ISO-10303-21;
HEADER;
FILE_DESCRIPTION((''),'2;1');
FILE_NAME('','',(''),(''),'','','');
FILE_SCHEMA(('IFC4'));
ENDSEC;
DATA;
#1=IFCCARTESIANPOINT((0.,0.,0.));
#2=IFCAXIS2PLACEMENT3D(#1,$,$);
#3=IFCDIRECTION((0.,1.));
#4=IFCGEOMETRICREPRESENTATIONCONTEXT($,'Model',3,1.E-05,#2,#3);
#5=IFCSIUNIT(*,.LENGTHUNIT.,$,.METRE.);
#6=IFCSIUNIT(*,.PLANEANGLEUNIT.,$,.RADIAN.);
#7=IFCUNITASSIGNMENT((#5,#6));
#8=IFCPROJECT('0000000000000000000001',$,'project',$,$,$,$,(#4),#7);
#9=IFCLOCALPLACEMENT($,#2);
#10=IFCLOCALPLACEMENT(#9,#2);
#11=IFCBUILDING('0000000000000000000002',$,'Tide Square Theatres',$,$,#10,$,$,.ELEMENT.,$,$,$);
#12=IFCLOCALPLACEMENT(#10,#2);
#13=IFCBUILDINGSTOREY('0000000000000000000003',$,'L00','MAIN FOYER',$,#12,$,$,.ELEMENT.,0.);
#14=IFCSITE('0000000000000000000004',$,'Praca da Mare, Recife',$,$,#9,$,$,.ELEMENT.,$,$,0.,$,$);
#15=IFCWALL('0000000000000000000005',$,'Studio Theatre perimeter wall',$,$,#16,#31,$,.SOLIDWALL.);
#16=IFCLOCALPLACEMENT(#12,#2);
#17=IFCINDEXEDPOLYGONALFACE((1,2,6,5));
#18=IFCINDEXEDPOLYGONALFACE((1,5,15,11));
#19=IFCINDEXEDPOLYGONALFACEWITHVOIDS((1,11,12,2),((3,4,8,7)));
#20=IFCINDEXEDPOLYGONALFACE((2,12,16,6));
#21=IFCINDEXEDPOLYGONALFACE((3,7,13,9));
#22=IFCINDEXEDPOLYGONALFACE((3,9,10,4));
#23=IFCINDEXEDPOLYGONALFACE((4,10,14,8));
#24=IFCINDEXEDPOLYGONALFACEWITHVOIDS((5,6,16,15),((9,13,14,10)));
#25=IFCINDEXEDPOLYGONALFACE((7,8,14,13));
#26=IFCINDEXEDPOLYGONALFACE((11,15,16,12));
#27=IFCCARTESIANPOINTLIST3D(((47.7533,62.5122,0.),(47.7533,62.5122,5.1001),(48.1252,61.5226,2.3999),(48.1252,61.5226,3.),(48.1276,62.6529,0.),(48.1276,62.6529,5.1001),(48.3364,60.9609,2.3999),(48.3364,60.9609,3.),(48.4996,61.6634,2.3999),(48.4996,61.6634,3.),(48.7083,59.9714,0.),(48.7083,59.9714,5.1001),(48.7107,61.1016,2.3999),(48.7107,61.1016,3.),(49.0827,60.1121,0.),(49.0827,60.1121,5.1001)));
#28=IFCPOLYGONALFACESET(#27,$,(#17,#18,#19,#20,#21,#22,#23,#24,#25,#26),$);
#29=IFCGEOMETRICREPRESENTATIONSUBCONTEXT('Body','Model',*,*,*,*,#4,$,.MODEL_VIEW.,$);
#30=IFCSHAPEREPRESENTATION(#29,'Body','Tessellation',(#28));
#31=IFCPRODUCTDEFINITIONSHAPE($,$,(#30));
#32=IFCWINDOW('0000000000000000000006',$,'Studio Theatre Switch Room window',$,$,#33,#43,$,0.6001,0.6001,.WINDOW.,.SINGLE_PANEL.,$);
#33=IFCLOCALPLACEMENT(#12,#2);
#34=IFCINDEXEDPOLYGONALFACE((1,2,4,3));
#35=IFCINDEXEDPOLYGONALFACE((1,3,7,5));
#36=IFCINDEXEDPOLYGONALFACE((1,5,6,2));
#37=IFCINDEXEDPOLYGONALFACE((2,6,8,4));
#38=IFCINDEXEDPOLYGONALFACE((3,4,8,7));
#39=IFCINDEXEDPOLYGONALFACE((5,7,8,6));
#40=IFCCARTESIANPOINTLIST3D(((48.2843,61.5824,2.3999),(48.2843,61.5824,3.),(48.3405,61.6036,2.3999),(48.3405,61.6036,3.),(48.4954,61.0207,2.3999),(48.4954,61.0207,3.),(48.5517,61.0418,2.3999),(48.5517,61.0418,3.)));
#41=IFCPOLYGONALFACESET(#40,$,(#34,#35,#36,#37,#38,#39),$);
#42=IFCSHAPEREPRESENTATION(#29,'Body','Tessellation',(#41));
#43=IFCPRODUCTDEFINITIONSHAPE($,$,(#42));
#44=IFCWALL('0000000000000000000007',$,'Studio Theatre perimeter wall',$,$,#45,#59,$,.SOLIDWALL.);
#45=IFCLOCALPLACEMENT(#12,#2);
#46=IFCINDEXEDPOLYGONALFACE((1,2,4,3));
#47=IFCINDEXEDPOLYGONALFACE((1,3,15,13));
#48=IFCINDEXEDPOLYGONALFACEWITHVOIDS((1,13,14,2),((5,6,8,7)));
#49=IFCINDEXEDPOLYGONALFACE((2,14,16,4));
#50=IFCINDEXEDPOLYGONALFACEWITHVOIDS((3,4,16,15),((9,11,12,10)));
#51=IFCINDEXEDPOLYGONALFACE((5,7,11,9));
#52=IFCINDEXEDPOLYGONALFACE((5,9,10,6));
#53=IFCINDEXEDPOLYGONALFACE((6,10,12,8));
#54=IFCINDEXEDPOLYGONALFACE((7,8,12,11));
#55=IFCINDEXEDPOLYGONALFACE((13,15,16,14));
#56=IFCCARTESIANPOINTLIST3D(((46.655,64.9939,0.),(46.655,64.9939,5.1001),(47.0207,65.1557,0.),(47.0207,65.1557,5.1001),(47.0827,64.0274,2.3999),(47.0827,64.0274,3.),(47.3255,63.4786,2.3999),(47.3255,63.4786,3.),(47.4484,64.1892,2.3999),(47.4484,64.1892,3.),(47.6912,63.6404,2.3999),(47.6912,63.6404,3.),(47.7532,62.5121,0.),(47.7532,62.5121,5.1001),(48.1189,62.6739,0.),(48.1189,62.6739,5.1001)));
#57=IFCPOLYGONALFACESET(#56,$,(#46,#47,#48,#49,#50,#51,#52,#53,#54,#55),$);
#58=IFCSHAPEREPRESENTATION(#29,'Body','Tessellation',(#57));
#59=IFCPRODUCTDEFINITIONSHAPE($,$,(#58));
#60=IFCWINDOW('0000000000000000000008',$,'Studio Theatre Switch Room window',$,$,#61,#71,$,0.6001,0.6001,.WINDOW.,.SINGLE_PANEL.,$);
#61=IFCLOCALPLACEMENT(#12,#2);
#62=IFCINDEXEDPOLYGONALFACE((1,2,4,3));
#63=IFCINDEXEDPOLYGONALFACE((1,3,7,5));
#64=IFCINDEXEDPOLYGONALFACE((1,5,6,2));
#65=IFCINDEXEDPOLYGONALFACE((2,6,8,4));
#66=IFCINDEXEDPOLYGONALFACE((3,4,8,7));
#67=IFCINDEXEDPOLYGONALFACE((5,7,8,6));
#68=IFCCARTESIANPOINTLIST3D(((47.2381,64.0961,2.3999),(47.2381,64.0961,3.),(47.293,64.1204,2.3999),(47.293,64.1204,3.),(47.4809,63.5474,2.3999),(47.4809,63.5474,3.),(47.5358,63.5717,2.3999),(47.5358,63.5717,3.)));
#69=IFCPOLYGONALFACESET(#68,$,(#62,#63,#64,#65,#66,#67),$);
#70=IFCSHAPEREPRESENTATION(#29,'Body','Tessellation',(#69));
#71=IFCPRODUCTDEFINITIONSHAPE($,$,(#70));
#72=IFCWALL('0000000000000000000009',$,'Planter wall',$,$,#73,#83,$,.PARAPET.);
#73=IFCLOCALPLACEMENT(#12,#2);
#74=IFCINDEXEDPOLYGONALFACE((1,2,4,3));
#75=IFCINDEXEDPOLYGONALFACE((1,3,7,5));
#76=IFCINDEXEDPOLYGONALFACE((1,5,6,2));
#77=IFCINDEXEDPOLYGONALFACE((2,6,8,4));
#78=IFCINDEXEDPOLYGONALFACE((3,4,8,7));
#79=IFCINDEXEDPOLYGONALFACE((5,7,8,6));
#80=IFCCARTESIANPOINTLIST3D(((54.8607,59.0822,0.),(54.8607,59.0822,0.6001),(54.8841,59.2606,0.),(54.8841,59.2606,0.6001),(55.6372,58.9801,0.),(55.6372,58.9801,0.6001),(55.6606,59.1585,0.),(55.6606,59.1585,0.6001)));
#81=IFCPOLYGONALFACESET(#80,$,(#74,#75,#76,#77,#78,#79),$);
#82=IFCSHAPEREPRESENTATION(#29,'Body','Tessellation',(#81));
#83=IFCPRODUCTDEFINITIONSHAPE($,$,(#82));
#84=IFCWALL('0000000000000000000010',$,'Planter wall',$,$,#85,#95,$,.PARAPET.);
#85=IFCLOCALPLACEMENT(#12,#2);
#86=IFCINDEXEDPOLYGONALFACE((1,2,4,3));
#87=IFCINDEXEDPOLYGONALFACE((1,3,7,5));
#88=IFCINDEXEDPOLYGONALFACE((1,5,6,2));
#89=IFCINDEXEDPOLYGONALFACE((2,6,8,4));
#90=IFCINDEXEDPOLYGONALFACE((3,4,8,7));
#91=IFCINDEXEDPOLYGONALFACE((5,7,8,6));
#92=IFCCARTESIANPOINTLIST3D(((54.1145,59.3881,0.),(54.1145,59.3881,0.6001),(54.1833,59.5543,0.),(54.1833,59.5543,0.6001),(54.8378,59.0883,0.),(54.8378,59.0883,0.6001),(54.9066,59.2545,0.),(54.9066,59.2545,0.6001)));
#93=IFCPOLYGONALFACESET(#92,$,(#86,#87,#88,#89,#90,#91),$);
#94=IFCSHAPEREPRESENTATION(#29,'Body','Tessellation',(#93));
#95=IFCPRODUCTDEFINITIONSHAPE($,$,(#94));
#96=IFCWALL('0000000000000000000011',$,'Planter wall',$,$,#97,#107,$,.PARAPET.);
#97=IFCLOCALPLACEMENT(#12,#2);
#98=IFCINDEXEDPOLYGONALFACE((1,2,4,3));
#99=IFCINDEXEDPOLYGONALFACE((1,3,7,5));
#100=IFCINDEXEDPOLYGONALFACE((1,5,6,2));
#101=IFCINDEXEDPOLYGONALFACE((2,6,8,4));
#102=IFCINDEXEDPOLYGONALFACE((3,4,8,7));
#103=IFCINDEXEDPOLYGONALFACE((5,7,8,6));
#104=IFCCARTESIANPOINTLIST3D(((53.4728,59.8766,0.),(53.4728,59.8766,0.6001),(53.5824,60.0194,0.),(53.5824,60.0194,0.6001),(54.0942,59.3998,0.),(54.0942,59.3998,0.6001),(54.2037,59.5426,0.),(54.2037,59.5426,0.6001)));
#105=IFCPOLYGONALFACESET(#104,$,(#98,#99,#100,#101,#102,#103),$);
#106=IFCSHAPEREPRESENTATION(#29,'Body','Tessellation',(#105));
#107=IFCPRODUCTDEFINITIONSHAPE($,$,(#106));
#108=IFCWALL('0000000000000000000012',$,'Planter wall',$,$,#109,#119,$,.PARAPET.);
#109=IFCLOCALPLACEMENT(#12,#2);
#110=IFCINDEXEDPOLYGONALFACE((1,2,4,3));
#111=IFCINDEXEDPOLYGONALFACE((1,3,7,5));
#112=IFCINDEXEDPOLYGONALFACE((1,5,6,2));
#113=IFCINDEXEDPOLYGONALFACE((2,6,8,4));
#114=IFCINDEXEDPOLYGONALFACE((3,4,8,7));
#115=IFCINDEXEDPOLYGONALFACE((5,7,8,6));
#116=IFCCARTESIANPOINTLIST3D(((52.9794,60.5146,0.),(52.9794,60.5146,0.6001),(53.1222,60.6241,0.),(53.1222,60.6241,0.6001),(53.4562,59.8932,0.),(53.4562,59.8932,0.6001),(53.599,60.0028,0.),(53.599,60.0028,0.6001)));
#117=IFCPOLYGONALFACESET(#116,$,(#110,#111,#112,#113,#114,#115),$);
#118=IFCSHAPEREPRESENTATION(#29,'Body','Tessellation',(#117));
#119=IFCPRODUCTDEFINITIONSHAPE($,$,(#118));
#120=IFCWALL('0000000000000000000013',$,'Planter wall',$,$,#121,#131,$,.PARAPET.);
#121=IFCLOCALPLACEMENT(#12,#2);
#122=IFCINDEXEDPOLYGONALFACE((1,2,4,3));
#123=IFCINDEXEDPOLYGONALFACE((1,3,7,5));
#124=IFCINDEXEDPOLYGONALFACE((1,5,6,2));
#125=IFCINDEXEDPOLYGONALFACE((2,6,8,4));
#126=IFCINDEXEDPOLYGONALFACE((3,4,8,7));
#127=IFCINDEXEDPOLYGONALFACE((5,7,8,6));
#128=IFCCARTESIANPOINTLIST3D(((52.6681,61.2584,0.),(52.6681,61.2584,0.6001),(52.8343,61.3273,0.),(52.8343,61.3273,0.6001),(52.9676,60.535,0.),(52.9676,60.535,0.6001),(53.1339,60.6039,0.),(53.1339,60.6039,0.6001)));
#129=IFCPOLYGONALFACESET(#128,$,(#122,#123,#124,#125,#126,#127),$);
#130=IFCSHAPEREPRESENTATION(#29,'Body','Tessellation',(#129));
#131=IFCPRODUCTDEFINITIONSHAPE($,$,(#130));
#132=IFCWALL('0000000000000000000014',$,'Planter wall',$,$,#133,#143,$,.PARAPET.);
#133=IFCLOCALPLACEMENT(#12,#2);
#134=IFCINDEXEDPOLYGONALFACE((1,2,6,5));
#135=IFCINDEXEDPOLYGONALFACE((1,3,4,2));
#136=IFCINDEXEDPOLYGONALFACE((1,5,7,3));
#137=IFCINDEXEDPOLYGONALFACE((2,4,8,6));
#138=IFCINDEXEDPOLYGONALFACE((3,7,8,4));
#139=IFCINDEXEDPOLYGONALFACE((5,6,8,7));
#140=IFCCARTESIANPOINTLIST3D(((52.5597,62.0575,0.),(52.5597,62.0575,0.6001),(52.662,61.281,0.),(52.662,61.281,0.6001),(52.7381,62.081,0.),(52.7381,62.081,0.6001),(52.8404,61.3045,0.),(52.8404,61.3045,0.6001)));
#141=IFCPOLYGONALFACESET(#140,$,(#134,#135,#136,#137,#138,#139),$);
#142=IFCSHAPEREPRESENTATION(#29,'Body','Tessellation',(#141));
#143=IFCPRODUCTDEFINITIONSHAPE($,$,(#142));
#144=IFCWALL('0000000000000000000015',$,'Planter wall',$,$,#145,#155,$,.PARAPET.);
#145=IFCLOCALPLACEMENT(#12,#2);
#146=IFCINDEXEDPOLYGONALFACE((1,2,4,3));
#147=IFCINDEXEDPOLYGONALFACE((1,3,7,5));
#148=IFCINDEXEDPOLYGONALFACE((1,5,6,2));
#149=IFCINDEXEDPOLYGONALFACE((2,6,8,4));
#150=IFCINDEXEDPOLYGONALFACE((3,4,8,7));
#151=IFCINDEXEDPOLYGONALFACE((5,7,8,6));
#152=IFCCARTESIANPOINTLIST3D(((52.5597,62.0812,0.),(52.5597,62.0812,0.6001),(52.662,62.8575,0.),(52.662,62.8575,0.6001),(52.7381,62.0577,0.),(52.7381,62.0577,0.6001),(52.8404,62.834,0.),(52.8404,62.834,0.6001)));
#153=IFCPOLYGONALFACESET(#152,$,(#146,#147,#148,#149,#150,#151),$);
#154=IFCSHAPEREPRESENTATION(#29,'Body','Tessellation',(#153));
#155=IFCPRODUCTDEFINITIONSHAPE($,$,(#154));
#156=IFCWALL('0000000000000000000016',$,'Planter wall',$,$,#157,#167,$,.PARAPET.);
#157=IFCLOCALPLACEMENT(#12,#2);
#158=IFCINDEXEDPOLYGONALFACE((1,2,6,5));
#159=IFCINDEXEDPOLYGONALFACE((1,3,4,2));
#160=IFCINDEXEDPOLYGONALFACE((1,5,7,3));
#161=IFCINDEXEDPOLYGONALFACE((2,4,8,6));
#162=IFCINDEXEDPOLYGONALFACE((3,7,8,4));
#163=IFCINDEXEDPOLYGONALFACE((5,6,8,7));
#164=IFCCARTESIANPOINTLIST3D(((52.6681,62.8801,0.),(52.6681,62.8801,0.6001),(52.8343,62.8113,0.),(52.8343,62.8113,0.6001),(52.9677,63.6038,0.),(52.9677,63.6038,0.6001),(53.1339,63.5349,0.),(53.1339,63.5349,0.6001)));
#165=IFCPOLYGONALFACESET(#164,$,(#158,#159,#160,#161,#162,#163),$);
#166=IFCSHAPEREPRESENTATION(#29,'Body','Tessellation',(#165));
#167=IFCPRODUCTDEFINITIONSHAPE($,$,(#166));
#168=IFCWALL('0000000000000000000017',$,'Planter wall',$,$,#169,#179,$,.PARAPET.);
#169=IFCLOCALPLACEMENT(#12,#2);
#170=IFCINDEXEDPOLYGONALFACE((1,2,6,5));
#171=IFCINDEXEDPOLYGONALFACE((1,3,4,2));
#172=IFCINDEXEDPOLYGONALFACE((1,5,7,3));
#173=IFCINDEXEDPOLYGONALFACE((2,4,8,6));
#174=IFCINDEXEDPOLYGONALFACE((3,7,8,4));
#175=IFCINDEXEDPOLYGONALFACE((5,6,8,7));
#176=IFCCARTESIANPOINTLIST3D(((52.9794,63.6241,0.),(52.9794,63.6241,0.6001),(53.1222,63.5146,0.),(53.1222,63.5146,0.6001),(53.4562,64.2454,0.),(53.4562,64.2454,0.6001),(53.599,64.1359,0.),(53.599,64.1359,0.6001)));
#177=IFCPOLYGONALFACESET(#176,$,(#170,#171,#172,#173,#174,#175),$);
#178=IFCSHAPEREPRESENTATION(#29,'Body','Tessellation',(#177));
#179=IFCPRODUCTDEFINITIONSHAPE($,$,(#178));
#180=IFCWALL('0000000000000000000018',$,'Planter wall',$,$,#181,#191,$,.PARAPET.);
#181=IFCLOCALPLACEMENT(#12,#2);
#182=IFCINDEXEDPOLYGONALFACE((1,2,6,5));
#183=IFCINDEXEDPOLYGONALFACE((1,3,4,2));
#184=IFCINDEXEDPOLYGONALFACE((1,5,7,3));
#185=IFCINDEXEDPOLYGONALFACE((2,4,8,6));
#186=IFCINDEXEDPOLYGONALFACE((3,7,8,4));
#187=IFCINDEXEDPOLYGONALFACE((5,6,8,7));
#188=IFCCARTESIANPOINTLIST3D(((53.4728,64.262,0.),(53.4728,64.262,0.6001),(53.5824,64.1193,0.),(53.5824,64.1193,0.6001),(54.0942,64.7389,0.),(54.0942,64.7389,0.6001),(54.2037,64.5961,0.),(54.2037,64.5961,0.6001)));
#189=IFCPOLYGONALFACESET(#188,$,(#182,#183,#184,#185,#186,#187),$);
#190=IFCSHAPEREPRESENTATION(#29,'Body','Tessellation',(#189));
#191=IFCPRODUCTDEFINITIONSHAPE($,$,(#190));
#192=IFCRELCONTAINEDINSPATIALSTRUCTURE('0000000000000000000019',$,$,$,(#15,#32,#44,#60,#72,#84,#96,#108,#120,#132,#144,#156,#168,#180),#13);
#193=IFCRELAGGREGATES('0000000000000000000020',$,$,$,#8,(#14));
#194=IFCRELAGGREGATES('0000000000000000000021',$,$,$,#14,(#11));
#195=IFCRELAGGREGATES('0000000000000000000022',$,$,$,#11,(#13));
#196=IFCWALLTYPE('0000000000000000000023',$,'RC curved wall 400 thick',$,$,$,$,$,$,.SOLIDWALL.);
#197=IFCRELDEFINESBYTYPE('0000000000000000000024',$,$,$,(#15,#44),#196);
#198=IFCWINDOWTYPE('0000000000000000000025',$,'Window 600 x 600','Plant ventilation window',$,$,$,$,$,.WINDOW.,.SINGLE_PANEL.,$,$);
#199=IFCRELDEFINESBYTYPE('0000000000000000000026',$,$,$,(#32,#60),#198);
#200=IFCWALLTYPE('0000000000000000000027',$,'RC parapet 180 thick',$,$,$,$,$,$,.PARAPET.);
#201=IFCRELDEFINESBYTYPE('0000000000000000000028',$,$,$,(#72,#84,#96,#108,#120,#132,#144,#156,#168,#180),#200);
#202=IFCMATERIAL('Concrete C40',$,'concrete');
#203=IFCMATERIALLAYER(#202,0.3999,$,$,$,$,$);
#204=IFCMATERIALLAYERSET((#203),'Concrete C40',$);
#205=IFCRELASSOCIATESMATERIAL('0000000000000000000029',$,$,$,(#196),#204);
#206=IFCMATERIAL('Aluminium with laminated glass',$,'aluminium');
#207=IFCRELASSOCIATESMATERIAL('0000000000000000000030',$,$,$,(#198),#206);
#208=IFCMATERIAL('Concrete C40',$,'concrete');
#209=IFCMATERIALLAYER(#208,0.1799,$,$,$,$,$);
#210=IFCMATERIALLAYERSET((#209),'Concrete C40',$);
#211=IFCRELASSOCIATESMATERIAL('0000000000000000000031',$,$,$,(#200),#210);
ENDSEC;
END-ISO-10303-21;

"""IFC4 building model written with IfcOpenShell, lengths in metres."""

from ifc_helpers import new_model, si_unit, direction, frame, frame_2d, origin, place, context, subcontext, project, spatial, rectangle, extrude, material, layer, layer_set, type_object, element, fill, save


model = new_model("IFC4")

# Units and contexts
model_context = context("Model", 3, precision=1e-05, world=origin(), true_north=direction((0.0, 1.0)))
body_context = subcontext(model_context, "Body", "Model", "MODEL_VIEW")
ifc_project = project(units=[si_unit("LENGTHUNIT", "METRE"), si_unit("PLANEANGLEUNIT", "RADIAN")], contexts=[model_context])

# Site, building, storey
site_placement = place(None, origin())
site = spatial("IfcSite", under=ifc_project, at=site_placement, Name="Praca da Mare, Recife", CompositionType="ELEMENT", RefElevation=0.0)
building_placement = place(site_placement, origin())
building = spatial("IfcBuilding", under=site, at=building_placement, Name="Tide Square Theatres", CompositionType="ELEMENT")
storey_placement = place(building_placement, origin())
storey = spatial("IfcBuildingStorey", under=building, at=storey_placement, Name="L00", Description="MAIN FOYER", CompositionType="ELEMENT", Elevation=0.0)

# Walls, openings, windows
ifc_material_1 = material(Name="Concrete C40", Category="concrete")
ifc_layer_1 = layer(ifc_material_1, 0.3999)
ifc_layer_set_1 = layer_set([ifc_layer_1], Name="Concrete C40")
wall_type_1 = type_object("IfcWallType", Name="RC curved wall 400 thick", PredefinedType="SOLIDWALL", material=ifc_layer_set_1)
wall_1_placement = place(storey_placement, frame((48.8955, 60.0417, 0.0), z_axis=(0.0, 0.0, 1.0), x_axis=(-0.351863, 0.936052, 0.0)))
wall_1 = element("IfcWall", 1, at=wall_1_placement, inside=storey, type_object=wall_type_1, Name="Studio Theatre perimeter wall", PredefinedType="SOLIDWALL", context=body_context, shape_type="SweptSolid", body=[
    extrude(rectangle(XDim=2.7144, YDim=0.3999, at=frame_2d((1.3572, 0.0))), origin(), (0.0, 0.0, 1.0), 5.1001),
])
opening_1_placement = place(wall_1_placement, frame((1.0571, 0.0, 2.3999)))
opening_1 = element("IfcOpeningElement", 2, at=opening_1_placement, cuts=wall_1, PredefinedType="OPENING", context=body_context, shape_type="SweptSolid", body=[
    extrude(rectangle(XDim=0.6001, YDim=0.6001, at=frame_2d((0.3, 0.3))), frame((0.0, 0.21, 0.0), z_axis=(0.0, -1.0, 0.0), x_axis=(1.0, 0.0, 0.0)), (0.0, 0.0, 1.0), 0.4199),
])
ifc_material_2 = material(Name="Aluminium with laminated glass", Category="aluminium")
window_type_1 = type_object("IfcWindowType", Name="Window 600 x 600", Description="Plant ventilation window", PartitioningType="SINGLE_PANEL", PredefinedType="WINDOW", material=ifc_material_2)
window_1_placement = place(opening_1_placement, origin())
window_1 = element("IfcWindow", 3, at=window_1_placement, inside=storey, type_object=window_type_1, Name="Studio Theatre Switch Room window", OverallHeight=0.6001, OverallWidth=0.6001, PartitioningType="SINGLE_PANEL", PredefinedType="WINDOW", context=body_context, shape_type="SweptSolid", body=[
    extrude(rectangle(XDim=0.6001, YDim=0.6001, at=frame_2d((0.3, 0.3))), frame((0.0, 0.03, 0.0), z_axis=(0.0, -1.0, 0.0), x_axis=(1.0, 0.0, 0.0)), (0.0, 0.0, 1.0), 0.0601),
])
fill(opening_1, window_1)
wall_2_placement = place(storey_placement, frame((47.936, 62.593, 0.0), z_axis=(0.0, 0.0, 1.0), x_axis=(-0.404652, 0.914471, 0.0)))
wall_2 = element("IfcWall", 4, at=wall_2_placement, inside=storey, type_object=wall_type_1, Name="Studio Theatre perimeter wall", PredefinedType="SOLIDWALL", context=body_context, shape_type="SweptSolid", body=[
    extrude(rectangle(XDim=2.7139, YDim=0.3999, at=frame_2d((1.3569, 0.0))), origin(), (0.0, 0.0, 1.0), 5.1001),
])
opening_2_placement = place(wall_2_placement, frame((1.0569, 0.0, 2.3999)))
opening_2 = element("IfcOpeningElement", 5, at=opening_2_placement, cuts=wall_2, PredefinedType="OPENING", context=body_context, shape_type="SweptSolid", body=[
    extrude(rectangle(XDim=0.6001, YDim=0.6001, at=frame_2d((0.3, 0.3))), frame((0.0, 0.21, 0.0), z_axis=(0.0, -1.0, 0.0), x_axis=(1.0, 0.0, 0.0)), (0.0, 0.0, 1.0), 0.4199),
])
window_2_placement = place(opening_2_placement, origin())
window_2 = element("IfcWindow", 6, at=window_2_placement, inside=storey, type_object=window_type_1, Name="Studio Theatre Switch Room window", OverallHeight=0.6001, OverallWidth=0.6001, PartitioningType="SINGLE_PANEL", PredefinedType="WINDOW", context=body_context, shape_type="SweptSolid", body=[
    extrude(rectangle(XDim=0.6001, YDim=0.6001, at=frame_2d((0.3, 0.3))), frame((0.0, 0.03, 0.0), z_axis=(0.0, -1.0, 0.0), x_axis=(1.0, 0.0, 0.0)), (0.0, 0.0, 1.0), 0.0601),
])
fill(opening_2, window_2)

# Walls
ifc_material_3 = material(Name="Concrete C40", Category="concrete")
ifc_layer_2 = layer(ifc_material_3, 0.1799)
ifc_layer_set_2 = layer_set([ifc_layer_2], Name="Concrete C40")
wall_type_2 = type_object("IfcWallType", Name="RC parapet 180 thick", PredefinedType="PARAPET", material=ifc_layer_set_2)
wall_3_placement = place(storey_placement, frame((55.6489, 59.0693, 0.0), z_axis=(0.0, 0.0, 1.0), x_axis=(-0.991477, 0.130285, 0.0)))
element("IfcWall", 7, at=wall_3_placement, inside=storey, type_object=wall_type_2, Name="Planter wall", PredefinedType="PARAPET", context=body_context, shape_type="SweptSolid", body=[
    extrude(rectangle(XDim=0.7832, YDim=0.1799, at=frame_2d((0.3916, 0.0))), origin(), (0.0, 0.0, 1.0), 0.6001),
])
wall_4_placement = place(storey_placement, frame((54.8723, 59.1714, 0.0), z_axis=(0.0, 0.0, 1.0), x_axis=(-0.923804, 0.382866, 0.0)))
element("IfcWall", 8, at=wall_4_placement, inside=storey, type_object=wall_type_2, Name="Planter wall", PredefinedType="PARAPET", context=body_context, shape_type="SweptSolid", body=[
    extrude(rectangle(XDim=0.783, YDim=0.1799, at=frame_2d((0.3916, 0.0))), origin(), (0.0, 0.0, 1.0), 0.6001),
])
for number, where, z_axis, x_axis, name in (
    (9, (54.1489, 59.4712, 0.0), (0.0, 0.0, 1.0), (-0.79333, 0.608791, 0.0), "Planter wall"),
    (10, (53.5276, 59.948, 0.0), (0.0, 0.0, 1.0), (-0.608791, 0.79333, 0.0), "Planter wall"),
):
    element("IfcWall", number, at=place(storey_placement, frame(where, z_axis=z_axis, x_axis=x_axis)), inside=storey, type_object=wall_type_2, Name=name, PredefinedType="PARAPET", context=body_context, shape_type="SweptSolid", body=[
        extrude(rectangle(XDim=0.7832, YDim=0.1799, at=frame_2d((0.3916, 0.0))), origin(), (0.0, 0.0, 1.0), 0.6001),
    ])
wall_5_placement = place(storey_placement, frame((53.0508, 60.5693, 0.0), z_axis=(0.0, 0.0, 1.0), x_axis=(-0.3826, 0.923914, 0.0)))
element("IfcWall", 11, at=wall_5_placement, inside=storey, type_object=wall_type_2, Name="Planter wall", PredefinedType="PARAPET", context=body_context, shape_type="SweptSolid", body=[
    extrude(rectangle(XDim=0.783, YDim=0.1799, at=frame_2d((0.3916, 0.0))), origin(), (0.0, 0.0, 1.0), 0.6001),
])
wall_6_placement = place(storey_placement, frame((52.7512, 61.2927, 0.0), z_axis=(0.0, 0.0, 1.0), x_axis=(-0.130592, 0.991436, 0.0)))
element("IfcWall", 12, at=wall_6_placement, inside=storey, type_object=wall_type_2, Name="Planter wall", PredefinedType="PARAPET", context=body_context, shape_type="SweptSolid", body=[
    extrude(rectangle(XDim=0.7832, YDim=0.1799, at=frame_2d((0.3916, 0.0))), origin(), (0.0, 0.0, 1.0), 0.6001),
])
wall_7_placement = place(storey_placement, frame((52.6489, 62.0693, 0.0), z_axis=(0.0, 0.0, 1.0), x_axis=(0.130632, 0.991431, 0.0)))
element("IfcWall", 13, at=wall_7_placement, inside=storey, type_object=wall_type_2, Name="Planter wall", PredefinedType="PARAPET", context=body_context, shape_type="SweptSolid", body=[
    extrude(rectangle(XDim=0.783, YDim=0.1799, at=frame_2d((0.3916, 0.0))), origin(), (0.0, 0.0, 1.0), 0.6001),
])
for number, where, z_axis, x_axis, name in (
    (14, (52.7512, 62.8457, 0.0), (0.0, 0.0, 1.0), (0.382489, 0.92396, 0.0), "Planter wall"),
    (15, (53.0508, 63.5693, 0.0), (0.0, 0.0, 1.0), (0.608791, 0.79333, 0.0), "Planter wall"),
    (16, (53.5276, 64.1907, 0.0), (0.0, 0.0, 1.0), (0.79333, 0.608791, 0.0), "Planter wall"),
):
    element("IfcWall", number, at=place(storey_placement, frame(where, z_axis=z_axis, x_axis=x_axis)), inside=storey, type_object=wall_type_2, Name=name, PredefinedType="PARAPET", context=body_context, shape_type="SweptSolid", body=[
        extrude(rectangle(XDim=0.7832, YDim=0.1799, at=frame_2d((0.3916, 0.0))), origin(), (0.0, 0.0, 1.0), 0.6001),
    ])

save(model, "model.ifc")
